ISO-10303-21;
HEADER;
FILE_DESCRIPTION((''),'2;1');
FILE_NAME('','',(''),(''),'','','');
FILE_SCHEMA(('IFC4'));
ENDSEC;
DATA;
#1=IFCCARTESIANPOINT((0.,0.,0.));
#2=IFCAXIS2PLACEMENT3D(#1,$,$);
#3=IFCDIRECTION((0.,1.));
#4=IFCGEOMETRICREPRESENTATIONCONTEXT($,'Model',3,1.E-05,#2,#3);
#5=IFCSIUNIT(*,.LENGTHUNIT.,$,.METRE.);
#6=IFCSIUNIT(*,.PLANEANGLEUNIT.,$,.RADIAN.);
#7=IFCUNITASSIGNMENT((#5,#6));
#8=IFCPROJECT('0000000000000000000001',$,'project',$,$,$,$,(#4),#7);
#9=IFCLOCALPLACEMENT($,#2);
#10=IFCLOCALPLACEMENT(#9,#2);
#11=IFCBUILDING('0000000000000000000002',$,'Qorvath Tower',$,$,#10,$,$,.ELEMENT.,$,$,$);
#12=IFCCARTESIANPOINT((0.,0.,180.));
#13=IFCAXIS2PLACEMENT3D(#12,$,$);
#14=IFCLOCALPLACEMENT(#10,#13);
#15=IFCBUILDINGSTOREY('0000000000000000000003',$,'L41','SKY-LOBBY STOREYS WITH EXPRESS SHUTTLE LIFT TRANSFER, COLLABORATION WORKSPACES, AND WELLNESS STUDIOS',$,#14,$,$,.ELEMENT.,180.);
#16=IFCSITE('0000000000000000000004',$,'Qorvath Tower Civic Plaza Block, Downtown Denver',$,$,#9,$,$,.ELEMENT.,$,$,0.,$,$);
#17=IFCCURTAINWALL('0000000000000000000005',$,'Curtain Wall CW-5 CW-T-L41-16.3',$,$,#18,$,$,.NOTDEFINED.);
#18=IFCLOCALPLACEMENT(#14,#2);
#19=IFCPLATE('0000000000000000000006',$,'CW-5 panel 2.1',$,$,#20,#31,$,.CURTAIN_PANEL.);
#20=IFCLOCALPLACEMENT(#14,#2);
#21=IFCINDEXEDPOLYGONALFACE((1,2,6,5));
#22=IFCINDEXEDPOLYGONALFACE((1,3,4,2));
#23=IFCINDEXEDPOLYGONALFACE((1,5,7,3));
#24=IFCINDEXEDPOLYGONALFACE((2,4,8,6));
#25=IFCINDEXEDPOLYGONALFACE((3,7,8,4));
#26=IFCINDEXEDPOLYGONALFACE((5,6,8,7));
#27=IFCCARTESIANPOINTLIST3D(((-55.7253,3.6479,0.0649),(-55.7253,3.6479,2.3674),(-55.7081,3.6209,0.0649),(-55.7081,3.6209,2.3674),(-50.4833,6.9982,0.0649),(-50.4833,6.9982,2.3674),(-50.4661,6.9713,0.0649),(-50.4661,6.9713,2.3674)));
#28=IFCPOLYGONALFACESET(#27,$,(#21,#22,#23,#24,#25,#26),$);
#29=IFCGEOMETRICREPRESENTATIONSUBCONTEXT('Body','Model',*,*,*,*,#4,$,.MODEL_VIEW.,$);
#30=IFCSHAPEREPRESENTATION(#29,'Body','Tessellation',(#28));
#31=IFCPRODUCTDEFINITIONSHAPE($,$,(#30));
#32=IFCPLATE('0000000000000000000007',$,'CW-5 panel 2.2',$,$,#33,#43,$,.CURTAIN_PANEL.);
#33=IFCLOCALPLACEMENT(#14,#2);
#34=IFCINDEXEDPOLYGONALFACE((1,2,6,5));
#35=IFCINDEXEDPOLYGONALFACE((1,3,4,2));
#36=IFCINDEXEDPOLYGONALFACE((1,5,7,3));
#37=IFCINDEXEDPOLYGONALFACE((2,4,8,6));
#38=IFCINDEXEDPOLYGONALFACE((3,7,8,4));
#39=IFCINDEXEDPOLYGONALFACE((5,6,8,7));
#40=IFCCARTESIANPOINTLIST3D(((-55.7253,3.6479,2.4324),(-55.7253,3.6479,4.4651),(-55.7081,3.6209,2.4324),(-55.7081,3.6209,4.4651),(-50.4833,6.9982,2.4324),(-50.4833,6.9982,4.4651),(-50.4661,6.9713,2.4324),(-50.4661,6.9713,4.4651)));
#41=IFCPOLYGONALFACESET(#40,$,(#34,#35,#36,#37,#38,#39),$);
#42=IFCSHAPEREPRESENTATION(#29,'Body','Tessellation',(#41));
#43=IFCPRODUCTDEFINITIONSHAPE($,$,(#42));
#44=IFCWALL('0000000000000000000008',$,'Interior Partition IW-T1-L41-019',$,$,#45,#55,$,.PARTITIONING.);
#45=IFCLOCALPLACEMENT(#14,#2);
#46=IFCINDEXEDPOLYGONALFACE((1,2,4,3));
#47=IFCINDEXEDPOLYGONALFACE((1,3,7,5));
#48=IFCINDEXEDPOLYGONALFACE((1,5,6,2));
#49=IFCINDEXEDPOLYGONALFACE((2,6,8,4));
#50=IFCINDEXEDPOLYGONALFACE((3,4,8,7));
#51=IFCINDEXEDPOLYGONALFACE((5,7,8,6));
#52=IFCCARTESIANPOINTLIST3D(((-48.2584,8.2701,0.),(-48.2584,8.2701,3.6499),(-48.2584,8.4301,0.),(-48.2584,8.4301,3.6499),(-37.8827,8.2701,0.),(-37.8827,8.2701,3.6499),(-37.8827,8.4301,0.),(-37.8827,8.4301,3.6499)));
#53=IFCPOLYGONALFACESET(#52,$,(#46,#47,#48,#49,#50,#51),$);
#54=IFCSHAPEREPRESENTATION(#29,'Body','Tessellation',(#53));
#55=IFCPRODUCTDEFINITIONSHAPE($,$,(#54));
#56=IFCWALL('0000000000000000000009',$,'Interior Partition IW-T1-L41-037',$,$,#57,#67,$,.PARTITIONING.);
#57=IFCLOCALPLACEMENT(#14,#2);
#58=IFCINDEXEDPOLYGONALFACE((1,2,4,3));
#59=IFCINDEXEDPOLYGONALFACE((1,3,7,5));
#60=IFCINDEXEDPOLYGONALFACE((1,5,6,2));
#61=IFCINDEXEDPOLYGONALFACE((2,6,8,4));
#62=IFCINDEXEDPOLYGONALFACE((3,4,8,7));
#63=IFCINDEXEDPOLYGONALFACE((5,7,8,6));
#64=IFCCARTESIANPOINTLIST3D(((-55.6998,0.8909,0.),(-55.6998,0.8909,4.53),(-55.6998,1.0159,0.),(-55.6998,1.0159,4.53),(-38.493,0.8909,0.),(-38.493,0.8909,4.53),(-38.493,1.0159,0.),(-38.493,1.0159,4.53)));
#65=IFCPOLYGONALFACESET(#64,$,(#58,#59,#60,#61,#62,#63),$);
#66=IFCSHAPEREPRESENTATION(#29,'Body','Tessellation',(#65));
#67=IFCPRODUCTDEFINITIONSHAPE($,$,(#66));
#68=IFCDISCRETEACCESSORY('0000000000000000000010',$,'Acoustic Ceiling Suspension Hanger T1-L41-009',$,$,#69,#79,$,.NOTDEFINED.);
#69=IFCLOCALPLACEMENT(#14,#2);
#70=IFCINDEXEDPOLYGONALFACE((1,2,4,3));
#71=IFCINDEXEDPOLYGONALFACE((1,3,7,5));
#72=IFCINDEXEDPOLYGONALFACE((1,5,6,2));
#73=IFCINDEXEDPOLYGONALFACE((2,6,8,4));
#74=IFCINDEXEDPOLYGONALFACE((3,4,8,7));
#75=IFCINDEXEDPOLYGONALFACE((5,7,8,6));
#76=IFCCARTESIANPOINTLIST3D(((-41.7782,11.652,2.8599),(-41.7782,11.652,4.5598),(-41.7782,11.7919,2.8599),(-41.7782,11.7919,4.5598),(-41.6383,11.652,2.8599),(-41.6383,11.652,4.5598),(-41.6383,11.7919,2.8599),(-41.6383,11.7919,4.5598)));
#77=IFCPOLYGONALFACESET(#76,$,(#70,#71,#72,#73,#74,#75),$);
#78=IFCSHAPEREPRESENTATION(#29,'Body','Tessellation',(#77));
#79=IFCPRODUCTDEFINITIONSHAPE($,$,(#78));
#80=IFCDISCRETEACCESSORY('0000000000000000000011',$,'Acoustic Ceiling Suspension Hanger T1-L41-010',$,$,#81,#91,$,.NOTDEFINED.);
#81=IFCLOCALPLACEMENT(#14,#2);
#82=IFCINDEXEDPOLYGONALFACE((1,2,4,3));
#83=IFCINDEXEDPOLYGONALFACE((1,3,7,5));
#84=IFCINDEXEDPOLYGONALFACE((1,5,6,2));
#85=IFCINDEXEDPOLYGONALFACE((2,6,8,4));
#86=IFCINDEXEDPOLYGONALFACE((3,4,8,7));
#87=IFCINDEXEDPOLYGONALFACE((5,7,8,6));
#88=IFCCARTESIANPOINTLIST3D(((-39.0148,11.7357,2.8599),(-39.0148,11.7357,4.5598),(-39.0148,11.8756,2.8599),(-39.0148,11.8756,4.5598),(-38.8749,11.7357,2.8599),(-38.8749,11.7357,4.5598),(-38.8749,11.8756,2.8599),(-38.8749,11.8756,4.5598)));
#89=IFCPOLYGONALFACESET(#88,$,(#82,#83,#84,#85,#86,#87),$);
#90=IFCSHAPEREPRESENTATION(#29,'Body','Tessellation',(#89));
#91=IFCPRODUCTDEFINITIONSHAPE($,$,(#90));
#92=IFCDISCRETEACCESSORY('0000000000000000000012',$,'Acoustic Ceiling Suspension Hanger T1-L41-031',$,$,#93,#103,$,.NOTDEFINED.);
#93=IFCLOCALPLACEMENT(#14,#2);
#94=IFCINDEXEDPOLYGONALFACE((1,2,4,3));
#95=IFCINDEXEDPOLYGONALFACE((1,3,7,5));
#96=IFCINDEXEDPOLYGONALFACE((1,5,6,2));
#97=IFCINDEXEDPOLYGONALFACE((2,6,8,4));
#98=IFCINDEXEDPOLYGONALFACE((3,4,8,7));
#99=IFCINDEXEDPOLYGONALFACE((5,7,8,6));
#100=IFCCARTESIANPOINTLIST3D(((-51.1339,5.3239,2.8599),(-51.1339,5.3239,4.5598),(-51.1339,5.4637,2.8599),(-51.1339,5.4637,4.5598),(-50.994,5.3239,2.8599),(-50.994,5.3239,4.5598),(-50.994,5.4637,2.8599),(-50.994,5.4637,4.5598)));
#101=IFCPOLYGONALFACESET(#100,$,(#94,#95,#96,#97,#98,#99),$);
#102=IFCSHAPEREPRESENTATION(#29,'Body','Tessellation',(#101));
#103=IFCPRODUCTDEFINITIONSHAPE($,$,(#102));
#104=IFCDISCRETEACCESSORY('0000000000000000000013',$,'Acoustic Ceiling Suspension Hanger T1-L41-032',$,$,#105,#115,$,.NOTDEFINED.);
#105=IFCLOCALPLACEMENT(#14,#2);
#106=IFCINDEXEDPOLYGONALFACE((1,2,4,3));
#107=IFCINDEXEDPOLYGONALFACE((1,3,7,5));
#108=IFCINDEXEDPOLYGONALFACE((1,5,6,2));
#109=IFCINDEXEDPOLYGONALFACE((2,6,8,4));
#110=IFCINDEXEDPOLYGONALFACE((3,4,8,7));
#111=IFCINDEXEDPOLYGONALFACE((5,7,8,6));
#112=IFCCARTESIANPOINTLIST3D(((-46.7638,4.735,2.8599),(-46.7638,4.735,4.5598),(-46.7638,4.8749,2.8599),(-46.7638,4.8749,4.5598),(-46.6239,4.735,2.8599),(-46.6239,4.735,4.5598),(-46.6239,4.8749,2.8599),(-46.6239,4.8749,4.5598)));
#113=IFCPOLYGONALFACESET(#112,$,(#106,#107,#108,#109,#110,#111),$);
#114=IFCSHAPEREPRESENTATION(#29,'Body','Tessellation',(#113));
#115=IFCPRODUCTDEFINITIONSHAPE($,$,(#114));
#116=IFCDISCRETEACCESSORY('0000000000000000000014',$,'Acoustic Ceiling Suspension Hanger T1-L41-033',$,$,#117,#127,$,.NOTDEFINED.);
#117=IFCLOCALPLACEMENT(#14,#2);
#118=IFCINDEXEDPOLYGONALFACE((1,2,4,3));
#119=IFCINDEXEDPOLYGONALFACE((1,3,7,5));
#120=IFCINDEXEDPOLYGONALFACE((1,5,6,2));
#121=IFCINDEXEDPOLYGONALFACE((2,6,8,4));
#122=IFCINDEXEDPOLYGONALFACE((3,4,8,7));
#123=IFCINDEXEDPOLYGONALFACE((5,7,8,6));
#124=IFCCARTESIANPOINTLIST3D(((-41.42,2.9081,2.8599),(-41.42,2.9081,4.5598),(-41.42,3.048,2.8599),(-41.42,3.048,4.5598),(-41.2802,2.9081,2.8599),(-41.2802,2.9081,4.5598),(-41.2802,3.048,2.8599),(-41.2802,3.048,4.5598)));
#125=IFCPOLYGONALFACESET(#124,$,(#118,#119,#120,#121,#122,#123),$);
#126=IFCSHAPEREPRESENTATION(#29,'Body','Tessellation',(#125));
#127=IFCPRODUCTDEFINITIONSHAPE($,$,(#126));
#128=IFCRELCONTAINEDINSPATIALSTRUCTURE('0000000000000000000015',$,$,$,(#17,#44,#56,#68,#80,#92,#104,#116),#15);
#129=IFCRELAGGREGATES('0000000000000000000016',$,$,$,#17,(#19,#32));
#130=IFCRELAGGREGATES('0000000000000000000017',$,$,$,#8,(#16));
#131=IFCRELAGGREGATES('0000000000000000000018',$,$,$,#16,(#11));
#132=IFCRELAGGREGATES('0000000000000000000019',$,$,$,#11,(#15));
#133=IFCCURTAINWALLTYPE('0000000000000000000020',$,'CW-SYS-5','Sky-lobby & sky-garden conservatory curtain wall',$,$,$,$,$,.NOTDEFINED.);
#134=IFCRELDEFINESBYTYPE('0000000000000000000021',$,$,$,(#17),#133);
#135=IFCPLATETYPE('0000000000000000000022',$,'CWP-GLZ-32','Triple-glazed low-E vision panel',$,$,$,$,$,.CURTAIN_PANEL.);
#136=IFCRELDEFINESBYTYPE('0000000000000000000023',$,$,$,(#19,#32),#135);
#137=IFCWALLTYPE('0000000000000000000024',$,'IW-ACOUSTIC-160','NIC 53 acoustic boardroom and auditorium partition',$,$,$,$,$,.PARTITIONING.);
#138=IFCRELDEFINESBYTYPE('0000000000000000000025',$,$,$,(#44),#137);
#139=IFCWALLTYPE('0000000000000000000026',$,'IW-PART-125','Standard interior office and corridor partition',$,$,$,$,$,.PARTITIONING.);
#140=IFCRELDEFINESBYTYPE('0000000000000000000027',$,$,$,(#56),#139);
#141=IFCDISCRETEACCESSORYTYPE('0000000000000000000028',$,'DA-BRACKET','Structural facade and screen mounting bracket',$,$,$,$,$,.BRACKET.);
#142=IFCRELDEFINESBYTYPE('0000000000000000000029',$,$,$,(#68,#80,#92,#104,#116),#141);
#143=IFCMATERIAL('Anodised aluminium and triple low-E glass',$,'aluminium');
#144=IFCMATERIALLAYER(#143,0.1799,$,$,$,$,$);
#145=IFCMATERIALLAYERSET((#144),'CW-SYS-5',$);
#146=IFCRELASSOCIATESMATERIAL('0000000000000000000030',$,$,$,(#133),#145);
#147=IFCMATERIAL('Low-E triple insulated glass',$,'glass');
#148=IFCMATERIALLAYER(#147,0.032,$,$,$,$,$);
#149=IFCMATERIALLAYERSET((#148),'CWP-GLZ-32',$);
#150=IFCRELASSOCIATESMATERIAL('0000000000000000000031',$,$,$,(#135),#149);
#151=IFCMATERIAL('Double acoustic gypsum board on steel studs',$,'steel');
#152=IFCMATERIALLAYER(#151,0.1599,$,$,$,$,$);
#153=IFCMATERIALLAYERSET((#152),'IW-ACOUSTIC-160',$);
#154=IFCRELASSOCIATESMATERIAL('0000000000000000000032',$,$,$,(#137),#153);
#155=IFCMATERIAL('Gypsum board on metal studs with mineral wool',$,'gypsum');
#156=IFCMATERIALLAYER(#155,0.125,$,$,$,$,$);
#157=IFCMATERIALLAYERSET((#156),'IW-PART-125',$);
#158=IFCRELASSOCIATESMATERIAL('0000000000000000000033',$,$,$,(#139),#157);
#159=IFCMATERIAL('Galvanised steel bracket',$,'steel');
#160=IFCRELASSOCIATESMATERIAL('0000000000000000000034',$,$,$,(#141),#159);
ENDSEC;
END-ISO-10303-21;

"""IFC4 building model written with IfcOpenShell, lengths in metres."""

from ifc_helpers import new_model, si_unit, direction, frame, frame_2d, origin, origin_2d, place, context, subcontext, project, spatial, rectangle, extrude, material, layer, layer_set, type_object, element, aggregate, save


model = new_model("IFC4")

# Units and contexts
model_context = context("Model", 3, precision=1e-05, world=origin(), true_north=direction((0.0, 1.0)))
body_context = subcontext(model_context, "Body", "Model", "MODEL_VIEW")
ifc_project = project(units=[si_unit("LENGTHUNIT", "METRE"), si_unit("PLANEANGLEUNIT", "RADIAN")], contexts=[model_context])

# Site, building, storey
site_placement = place(None, origin())
site = spatial("IfcSite", under=ifc_project, at=site_placement, Name="Qorvath Tower Civic Plaza Block, Downtown Denver", CompositionType="ELEMENT", RefElevation=0.0)
building_placement = place(site_placement, origin())
building = spatial("IfcBuilding", under=site, at=building_placement, Name="Qorvath Tower", CompositionType="ELEMENT")
storey_placement = place(building_placement, frame((0.0, 0.0, 180.0)))
storey = spatial("IfcBuildingStorey", under=building, at=storey_placement, Name="L41", Description="SKY-LOBBY STOREYS WITH EXPRESS SHUTTLE LIFT TRANSFER, COLLABORATION WORKSPACES, AND WELLNESS STUDIOS", CompositionType="ELEMENT", Elevation=180.0)

# Curtain wall
ifc_material_1 = material(Name="Anodised aluminium and triple low-E glass", Category="aluminium")
ifc_layer_1 = layer(ifc_material_1, 0.1799)
ifc_layer_set_1 = layer_set([ifc_layer_1], Name="CW-SYS-5")
curtain_wall_type = type_object("IfcCurtainWallType", Name="CW-SYS-5", Description="Sky-lobby & sky-garden conservatory curtain wall", PredefinedType="NOTDEFINED", material=ifc_layer_set_1)
curtain_wall_1_placement = place(storey_placement, origin())
curtain_wall_1 = element("IfcCurtainWall", 1, at=curtain_wall_1_placement, inside=storey, type_object=curtain_wall_type, Name="Curtain Wall CW-5 CW-T-L41-16.3", PredefinedType="NOTDEFINED")

# Plates
ifc_material_2 = material(Name="Low-E triple insulated glass", Category="glass")
ifc_layer_2 = layer(ifc_material_2, 0.032)
ifc_layer_set_2 = layer_set([ifc_layer_2], Name="CWP-GLZ-32")
plate_type = type_object("IfcPlateType", Name="CWP-GLZ-32", Description="Triple-glazed low-E vision panel", PredefinedType="CURTAIN_PANEL", material=ifc_layer_set_2)
plate_1_placement = place(storey_placement, frame((-53.0957, 5.3096, 0.0649), z_axis=(0.0, 0.0, 1.0), x_axis=(-0.842605, -0.538533, 0.0)))
plate_1 = element("IfcPlate", 2, at=plate_1_placement, type_object=plate_type, Name="CW-5 panel 2.1", PredefinedType="CURTAIN_PANEL", context=body_context, shape_type="SweptSolid", body=[
    extrude(rectangle(XDim=6.2212, YDim=0.032, at=origin_2d()), origin(), (0.0, 0.0, 1.0), 2.3025),
])
plate_2_placement = place(storey_placement, frame((-53.0957, 5.3096, 2.4324), z_axis=(0.0, 0.0, 1.0), x_axis=(-0.842605, -0.538533, 0.0)))
plate_2 = element("IfcPlate", 3, at=plate_2_placement, type_object=plate_type, Name="CW-5 panel 2.2", PredefinedType="CURTAIN_PANEL", context=body_context, shape_type="SweptSolid", body=[
    extrude(rectangle(XDim=6.2212, YDim=0.032, at=origin_2d()), origin(), (0.0, 0.0, 1.0), 2.0327),
])
aggregate(curtain_wall_1, [plate_1, plate_2])

# Walls
ifc_material_3 = material(Name="Double acoustic gypsum board on steel studs", Category="steel")
ifc_layer_3 = layer(ifc_material_3, 0.1599)
ifc_layer_set_3 = layer_set([ifc_layer_3], Name="IW-ACOUSTIC-160")
wall_type_1 = type_object("IfcWallType", Name="IW-ACOUSTIC-160", Description="NIC 53 acoustic boardroom and auditorium partition", PredefinedType="PARTITIONING", material=ifc_layer_set_3)
wall_1_placement = place(storey_placement, frame((-48.2585, 8.3501, 0.0), z_axis=(0.0, 0.0, 1.0), x_axis=(1.0, 0.0, 0.0)))
element("IfcWall", 4, at=wall_1_placement, inside=storey, type_object=wall_type_1, Name="Interior Partition IW-T1-L41-019", PredefinedType="PARTITIONING", context=body_context, shape_type="SweptSolid", body=[
    extrude(rectangle(XDim=10.3757, YDim=0.1599, at=frame_2d((5.188, 0.0))), origin(), (0.0, 0.0, 1.0), 3.6499),
])
ifc_material_4 = material(Name="Gypsum board on metal studs with mineral wool", Category="gypsum")
ifc_layer_4 = layer(ifc_material_4, 0.125)
ifc_layer_set_4 = layer_set([ifc_layer_4], Name="IW-PART-125")
wall_type_2 = type_object("IfcWallType", Name="IW-PART-125", Description="Standard interior office and corridor partition", PredefinedType="PARTITIONING", material=ifc_layer_set_4)
wall_2_placement = place(storey_placement, frame((-38.4929, 0.9534, 0.0), z_axis=(0.0, 0.0, 1.0), x_axis=(-1.0, 0.0, 0.0)))
element("IfcWall", 5, at=wall_2_placement, inside=storey, type_object=wall_type_2, Name="Interior Partition IW-T1-L41-037", PredefinedType="PARTITIONING", context=body_context, shape_type="SweptSolid", body=[
    extrude(rectangle(XDim=17.2068, YDim=0.125, at=frame_2d((8.6035, 0.0))), origin(), (0.0, 0.0, 1.0), 4.53),
])

# Discrete accessories
ifc_material_5 = material(Name="Galvanised steel bracket", Category="steel")
discrete_accessory_type = type_object("IfcDiscreteAccessoryType", Name="DA-BRACKET", Description="Structural facade and screen mounting bracket", PredefinedType="BRACKET", material=ifc_material_5)
for number, where, z_axis, x_axis, name in (
    (6, (-41.7083, 11.7219, 2.8599), (0.0, 0.0, 1.0), (1.0, 0.0, 0.0), "Acoustic Ceiling Suspension Hanger T1-L41-009"),
    (7, (-38.9448, 11.8057, 2.8599), (0.0, 0.0, 1.0), (1.0, 0.0, 0.0), "Acoustic Ceiling Suspension Hanger T1-L41-010"),
    (8, (-51.064, 5.3938, 2.8599), (0.0, 0.0, 1.0), (1.0, 0.0, 0.0), "Acoustic Ceiling Suspension Hanger T1-L41-031"),
    (9, (-46.6938, 4.8049, 2.8599), (0.0, 0.0, 1.0), (1.0, 0.0, 0.0), "Acoustic Ceiling Suspension Hanger T1-L41-032"),
    (10, (-41.3501, 2.978, 2.8599), (0.0, 0.0, 1.0), (1.0, 0.0, 0.0), "Acoustic Ceiling Suspension Hanger T1-L41-033"),
):
    element("IfcDiscreteAccessory", number, at=place(storey_placement, frame(where, z_axis=z_axis, x_axis=x_axis)), inside=storey, type_object=discrete_accessory_type, Name=name, PredefinedType="NOTDEFINED", context=body_context, shape_type="SweptSolid", body=[
        extrude(rectangle(XDim=0.1399, YDim=0.1399, at=origin_2d()), origin(), (0.0, 0.0, 1.0), 1.7),
    ])

save(model, "model.ifc")
